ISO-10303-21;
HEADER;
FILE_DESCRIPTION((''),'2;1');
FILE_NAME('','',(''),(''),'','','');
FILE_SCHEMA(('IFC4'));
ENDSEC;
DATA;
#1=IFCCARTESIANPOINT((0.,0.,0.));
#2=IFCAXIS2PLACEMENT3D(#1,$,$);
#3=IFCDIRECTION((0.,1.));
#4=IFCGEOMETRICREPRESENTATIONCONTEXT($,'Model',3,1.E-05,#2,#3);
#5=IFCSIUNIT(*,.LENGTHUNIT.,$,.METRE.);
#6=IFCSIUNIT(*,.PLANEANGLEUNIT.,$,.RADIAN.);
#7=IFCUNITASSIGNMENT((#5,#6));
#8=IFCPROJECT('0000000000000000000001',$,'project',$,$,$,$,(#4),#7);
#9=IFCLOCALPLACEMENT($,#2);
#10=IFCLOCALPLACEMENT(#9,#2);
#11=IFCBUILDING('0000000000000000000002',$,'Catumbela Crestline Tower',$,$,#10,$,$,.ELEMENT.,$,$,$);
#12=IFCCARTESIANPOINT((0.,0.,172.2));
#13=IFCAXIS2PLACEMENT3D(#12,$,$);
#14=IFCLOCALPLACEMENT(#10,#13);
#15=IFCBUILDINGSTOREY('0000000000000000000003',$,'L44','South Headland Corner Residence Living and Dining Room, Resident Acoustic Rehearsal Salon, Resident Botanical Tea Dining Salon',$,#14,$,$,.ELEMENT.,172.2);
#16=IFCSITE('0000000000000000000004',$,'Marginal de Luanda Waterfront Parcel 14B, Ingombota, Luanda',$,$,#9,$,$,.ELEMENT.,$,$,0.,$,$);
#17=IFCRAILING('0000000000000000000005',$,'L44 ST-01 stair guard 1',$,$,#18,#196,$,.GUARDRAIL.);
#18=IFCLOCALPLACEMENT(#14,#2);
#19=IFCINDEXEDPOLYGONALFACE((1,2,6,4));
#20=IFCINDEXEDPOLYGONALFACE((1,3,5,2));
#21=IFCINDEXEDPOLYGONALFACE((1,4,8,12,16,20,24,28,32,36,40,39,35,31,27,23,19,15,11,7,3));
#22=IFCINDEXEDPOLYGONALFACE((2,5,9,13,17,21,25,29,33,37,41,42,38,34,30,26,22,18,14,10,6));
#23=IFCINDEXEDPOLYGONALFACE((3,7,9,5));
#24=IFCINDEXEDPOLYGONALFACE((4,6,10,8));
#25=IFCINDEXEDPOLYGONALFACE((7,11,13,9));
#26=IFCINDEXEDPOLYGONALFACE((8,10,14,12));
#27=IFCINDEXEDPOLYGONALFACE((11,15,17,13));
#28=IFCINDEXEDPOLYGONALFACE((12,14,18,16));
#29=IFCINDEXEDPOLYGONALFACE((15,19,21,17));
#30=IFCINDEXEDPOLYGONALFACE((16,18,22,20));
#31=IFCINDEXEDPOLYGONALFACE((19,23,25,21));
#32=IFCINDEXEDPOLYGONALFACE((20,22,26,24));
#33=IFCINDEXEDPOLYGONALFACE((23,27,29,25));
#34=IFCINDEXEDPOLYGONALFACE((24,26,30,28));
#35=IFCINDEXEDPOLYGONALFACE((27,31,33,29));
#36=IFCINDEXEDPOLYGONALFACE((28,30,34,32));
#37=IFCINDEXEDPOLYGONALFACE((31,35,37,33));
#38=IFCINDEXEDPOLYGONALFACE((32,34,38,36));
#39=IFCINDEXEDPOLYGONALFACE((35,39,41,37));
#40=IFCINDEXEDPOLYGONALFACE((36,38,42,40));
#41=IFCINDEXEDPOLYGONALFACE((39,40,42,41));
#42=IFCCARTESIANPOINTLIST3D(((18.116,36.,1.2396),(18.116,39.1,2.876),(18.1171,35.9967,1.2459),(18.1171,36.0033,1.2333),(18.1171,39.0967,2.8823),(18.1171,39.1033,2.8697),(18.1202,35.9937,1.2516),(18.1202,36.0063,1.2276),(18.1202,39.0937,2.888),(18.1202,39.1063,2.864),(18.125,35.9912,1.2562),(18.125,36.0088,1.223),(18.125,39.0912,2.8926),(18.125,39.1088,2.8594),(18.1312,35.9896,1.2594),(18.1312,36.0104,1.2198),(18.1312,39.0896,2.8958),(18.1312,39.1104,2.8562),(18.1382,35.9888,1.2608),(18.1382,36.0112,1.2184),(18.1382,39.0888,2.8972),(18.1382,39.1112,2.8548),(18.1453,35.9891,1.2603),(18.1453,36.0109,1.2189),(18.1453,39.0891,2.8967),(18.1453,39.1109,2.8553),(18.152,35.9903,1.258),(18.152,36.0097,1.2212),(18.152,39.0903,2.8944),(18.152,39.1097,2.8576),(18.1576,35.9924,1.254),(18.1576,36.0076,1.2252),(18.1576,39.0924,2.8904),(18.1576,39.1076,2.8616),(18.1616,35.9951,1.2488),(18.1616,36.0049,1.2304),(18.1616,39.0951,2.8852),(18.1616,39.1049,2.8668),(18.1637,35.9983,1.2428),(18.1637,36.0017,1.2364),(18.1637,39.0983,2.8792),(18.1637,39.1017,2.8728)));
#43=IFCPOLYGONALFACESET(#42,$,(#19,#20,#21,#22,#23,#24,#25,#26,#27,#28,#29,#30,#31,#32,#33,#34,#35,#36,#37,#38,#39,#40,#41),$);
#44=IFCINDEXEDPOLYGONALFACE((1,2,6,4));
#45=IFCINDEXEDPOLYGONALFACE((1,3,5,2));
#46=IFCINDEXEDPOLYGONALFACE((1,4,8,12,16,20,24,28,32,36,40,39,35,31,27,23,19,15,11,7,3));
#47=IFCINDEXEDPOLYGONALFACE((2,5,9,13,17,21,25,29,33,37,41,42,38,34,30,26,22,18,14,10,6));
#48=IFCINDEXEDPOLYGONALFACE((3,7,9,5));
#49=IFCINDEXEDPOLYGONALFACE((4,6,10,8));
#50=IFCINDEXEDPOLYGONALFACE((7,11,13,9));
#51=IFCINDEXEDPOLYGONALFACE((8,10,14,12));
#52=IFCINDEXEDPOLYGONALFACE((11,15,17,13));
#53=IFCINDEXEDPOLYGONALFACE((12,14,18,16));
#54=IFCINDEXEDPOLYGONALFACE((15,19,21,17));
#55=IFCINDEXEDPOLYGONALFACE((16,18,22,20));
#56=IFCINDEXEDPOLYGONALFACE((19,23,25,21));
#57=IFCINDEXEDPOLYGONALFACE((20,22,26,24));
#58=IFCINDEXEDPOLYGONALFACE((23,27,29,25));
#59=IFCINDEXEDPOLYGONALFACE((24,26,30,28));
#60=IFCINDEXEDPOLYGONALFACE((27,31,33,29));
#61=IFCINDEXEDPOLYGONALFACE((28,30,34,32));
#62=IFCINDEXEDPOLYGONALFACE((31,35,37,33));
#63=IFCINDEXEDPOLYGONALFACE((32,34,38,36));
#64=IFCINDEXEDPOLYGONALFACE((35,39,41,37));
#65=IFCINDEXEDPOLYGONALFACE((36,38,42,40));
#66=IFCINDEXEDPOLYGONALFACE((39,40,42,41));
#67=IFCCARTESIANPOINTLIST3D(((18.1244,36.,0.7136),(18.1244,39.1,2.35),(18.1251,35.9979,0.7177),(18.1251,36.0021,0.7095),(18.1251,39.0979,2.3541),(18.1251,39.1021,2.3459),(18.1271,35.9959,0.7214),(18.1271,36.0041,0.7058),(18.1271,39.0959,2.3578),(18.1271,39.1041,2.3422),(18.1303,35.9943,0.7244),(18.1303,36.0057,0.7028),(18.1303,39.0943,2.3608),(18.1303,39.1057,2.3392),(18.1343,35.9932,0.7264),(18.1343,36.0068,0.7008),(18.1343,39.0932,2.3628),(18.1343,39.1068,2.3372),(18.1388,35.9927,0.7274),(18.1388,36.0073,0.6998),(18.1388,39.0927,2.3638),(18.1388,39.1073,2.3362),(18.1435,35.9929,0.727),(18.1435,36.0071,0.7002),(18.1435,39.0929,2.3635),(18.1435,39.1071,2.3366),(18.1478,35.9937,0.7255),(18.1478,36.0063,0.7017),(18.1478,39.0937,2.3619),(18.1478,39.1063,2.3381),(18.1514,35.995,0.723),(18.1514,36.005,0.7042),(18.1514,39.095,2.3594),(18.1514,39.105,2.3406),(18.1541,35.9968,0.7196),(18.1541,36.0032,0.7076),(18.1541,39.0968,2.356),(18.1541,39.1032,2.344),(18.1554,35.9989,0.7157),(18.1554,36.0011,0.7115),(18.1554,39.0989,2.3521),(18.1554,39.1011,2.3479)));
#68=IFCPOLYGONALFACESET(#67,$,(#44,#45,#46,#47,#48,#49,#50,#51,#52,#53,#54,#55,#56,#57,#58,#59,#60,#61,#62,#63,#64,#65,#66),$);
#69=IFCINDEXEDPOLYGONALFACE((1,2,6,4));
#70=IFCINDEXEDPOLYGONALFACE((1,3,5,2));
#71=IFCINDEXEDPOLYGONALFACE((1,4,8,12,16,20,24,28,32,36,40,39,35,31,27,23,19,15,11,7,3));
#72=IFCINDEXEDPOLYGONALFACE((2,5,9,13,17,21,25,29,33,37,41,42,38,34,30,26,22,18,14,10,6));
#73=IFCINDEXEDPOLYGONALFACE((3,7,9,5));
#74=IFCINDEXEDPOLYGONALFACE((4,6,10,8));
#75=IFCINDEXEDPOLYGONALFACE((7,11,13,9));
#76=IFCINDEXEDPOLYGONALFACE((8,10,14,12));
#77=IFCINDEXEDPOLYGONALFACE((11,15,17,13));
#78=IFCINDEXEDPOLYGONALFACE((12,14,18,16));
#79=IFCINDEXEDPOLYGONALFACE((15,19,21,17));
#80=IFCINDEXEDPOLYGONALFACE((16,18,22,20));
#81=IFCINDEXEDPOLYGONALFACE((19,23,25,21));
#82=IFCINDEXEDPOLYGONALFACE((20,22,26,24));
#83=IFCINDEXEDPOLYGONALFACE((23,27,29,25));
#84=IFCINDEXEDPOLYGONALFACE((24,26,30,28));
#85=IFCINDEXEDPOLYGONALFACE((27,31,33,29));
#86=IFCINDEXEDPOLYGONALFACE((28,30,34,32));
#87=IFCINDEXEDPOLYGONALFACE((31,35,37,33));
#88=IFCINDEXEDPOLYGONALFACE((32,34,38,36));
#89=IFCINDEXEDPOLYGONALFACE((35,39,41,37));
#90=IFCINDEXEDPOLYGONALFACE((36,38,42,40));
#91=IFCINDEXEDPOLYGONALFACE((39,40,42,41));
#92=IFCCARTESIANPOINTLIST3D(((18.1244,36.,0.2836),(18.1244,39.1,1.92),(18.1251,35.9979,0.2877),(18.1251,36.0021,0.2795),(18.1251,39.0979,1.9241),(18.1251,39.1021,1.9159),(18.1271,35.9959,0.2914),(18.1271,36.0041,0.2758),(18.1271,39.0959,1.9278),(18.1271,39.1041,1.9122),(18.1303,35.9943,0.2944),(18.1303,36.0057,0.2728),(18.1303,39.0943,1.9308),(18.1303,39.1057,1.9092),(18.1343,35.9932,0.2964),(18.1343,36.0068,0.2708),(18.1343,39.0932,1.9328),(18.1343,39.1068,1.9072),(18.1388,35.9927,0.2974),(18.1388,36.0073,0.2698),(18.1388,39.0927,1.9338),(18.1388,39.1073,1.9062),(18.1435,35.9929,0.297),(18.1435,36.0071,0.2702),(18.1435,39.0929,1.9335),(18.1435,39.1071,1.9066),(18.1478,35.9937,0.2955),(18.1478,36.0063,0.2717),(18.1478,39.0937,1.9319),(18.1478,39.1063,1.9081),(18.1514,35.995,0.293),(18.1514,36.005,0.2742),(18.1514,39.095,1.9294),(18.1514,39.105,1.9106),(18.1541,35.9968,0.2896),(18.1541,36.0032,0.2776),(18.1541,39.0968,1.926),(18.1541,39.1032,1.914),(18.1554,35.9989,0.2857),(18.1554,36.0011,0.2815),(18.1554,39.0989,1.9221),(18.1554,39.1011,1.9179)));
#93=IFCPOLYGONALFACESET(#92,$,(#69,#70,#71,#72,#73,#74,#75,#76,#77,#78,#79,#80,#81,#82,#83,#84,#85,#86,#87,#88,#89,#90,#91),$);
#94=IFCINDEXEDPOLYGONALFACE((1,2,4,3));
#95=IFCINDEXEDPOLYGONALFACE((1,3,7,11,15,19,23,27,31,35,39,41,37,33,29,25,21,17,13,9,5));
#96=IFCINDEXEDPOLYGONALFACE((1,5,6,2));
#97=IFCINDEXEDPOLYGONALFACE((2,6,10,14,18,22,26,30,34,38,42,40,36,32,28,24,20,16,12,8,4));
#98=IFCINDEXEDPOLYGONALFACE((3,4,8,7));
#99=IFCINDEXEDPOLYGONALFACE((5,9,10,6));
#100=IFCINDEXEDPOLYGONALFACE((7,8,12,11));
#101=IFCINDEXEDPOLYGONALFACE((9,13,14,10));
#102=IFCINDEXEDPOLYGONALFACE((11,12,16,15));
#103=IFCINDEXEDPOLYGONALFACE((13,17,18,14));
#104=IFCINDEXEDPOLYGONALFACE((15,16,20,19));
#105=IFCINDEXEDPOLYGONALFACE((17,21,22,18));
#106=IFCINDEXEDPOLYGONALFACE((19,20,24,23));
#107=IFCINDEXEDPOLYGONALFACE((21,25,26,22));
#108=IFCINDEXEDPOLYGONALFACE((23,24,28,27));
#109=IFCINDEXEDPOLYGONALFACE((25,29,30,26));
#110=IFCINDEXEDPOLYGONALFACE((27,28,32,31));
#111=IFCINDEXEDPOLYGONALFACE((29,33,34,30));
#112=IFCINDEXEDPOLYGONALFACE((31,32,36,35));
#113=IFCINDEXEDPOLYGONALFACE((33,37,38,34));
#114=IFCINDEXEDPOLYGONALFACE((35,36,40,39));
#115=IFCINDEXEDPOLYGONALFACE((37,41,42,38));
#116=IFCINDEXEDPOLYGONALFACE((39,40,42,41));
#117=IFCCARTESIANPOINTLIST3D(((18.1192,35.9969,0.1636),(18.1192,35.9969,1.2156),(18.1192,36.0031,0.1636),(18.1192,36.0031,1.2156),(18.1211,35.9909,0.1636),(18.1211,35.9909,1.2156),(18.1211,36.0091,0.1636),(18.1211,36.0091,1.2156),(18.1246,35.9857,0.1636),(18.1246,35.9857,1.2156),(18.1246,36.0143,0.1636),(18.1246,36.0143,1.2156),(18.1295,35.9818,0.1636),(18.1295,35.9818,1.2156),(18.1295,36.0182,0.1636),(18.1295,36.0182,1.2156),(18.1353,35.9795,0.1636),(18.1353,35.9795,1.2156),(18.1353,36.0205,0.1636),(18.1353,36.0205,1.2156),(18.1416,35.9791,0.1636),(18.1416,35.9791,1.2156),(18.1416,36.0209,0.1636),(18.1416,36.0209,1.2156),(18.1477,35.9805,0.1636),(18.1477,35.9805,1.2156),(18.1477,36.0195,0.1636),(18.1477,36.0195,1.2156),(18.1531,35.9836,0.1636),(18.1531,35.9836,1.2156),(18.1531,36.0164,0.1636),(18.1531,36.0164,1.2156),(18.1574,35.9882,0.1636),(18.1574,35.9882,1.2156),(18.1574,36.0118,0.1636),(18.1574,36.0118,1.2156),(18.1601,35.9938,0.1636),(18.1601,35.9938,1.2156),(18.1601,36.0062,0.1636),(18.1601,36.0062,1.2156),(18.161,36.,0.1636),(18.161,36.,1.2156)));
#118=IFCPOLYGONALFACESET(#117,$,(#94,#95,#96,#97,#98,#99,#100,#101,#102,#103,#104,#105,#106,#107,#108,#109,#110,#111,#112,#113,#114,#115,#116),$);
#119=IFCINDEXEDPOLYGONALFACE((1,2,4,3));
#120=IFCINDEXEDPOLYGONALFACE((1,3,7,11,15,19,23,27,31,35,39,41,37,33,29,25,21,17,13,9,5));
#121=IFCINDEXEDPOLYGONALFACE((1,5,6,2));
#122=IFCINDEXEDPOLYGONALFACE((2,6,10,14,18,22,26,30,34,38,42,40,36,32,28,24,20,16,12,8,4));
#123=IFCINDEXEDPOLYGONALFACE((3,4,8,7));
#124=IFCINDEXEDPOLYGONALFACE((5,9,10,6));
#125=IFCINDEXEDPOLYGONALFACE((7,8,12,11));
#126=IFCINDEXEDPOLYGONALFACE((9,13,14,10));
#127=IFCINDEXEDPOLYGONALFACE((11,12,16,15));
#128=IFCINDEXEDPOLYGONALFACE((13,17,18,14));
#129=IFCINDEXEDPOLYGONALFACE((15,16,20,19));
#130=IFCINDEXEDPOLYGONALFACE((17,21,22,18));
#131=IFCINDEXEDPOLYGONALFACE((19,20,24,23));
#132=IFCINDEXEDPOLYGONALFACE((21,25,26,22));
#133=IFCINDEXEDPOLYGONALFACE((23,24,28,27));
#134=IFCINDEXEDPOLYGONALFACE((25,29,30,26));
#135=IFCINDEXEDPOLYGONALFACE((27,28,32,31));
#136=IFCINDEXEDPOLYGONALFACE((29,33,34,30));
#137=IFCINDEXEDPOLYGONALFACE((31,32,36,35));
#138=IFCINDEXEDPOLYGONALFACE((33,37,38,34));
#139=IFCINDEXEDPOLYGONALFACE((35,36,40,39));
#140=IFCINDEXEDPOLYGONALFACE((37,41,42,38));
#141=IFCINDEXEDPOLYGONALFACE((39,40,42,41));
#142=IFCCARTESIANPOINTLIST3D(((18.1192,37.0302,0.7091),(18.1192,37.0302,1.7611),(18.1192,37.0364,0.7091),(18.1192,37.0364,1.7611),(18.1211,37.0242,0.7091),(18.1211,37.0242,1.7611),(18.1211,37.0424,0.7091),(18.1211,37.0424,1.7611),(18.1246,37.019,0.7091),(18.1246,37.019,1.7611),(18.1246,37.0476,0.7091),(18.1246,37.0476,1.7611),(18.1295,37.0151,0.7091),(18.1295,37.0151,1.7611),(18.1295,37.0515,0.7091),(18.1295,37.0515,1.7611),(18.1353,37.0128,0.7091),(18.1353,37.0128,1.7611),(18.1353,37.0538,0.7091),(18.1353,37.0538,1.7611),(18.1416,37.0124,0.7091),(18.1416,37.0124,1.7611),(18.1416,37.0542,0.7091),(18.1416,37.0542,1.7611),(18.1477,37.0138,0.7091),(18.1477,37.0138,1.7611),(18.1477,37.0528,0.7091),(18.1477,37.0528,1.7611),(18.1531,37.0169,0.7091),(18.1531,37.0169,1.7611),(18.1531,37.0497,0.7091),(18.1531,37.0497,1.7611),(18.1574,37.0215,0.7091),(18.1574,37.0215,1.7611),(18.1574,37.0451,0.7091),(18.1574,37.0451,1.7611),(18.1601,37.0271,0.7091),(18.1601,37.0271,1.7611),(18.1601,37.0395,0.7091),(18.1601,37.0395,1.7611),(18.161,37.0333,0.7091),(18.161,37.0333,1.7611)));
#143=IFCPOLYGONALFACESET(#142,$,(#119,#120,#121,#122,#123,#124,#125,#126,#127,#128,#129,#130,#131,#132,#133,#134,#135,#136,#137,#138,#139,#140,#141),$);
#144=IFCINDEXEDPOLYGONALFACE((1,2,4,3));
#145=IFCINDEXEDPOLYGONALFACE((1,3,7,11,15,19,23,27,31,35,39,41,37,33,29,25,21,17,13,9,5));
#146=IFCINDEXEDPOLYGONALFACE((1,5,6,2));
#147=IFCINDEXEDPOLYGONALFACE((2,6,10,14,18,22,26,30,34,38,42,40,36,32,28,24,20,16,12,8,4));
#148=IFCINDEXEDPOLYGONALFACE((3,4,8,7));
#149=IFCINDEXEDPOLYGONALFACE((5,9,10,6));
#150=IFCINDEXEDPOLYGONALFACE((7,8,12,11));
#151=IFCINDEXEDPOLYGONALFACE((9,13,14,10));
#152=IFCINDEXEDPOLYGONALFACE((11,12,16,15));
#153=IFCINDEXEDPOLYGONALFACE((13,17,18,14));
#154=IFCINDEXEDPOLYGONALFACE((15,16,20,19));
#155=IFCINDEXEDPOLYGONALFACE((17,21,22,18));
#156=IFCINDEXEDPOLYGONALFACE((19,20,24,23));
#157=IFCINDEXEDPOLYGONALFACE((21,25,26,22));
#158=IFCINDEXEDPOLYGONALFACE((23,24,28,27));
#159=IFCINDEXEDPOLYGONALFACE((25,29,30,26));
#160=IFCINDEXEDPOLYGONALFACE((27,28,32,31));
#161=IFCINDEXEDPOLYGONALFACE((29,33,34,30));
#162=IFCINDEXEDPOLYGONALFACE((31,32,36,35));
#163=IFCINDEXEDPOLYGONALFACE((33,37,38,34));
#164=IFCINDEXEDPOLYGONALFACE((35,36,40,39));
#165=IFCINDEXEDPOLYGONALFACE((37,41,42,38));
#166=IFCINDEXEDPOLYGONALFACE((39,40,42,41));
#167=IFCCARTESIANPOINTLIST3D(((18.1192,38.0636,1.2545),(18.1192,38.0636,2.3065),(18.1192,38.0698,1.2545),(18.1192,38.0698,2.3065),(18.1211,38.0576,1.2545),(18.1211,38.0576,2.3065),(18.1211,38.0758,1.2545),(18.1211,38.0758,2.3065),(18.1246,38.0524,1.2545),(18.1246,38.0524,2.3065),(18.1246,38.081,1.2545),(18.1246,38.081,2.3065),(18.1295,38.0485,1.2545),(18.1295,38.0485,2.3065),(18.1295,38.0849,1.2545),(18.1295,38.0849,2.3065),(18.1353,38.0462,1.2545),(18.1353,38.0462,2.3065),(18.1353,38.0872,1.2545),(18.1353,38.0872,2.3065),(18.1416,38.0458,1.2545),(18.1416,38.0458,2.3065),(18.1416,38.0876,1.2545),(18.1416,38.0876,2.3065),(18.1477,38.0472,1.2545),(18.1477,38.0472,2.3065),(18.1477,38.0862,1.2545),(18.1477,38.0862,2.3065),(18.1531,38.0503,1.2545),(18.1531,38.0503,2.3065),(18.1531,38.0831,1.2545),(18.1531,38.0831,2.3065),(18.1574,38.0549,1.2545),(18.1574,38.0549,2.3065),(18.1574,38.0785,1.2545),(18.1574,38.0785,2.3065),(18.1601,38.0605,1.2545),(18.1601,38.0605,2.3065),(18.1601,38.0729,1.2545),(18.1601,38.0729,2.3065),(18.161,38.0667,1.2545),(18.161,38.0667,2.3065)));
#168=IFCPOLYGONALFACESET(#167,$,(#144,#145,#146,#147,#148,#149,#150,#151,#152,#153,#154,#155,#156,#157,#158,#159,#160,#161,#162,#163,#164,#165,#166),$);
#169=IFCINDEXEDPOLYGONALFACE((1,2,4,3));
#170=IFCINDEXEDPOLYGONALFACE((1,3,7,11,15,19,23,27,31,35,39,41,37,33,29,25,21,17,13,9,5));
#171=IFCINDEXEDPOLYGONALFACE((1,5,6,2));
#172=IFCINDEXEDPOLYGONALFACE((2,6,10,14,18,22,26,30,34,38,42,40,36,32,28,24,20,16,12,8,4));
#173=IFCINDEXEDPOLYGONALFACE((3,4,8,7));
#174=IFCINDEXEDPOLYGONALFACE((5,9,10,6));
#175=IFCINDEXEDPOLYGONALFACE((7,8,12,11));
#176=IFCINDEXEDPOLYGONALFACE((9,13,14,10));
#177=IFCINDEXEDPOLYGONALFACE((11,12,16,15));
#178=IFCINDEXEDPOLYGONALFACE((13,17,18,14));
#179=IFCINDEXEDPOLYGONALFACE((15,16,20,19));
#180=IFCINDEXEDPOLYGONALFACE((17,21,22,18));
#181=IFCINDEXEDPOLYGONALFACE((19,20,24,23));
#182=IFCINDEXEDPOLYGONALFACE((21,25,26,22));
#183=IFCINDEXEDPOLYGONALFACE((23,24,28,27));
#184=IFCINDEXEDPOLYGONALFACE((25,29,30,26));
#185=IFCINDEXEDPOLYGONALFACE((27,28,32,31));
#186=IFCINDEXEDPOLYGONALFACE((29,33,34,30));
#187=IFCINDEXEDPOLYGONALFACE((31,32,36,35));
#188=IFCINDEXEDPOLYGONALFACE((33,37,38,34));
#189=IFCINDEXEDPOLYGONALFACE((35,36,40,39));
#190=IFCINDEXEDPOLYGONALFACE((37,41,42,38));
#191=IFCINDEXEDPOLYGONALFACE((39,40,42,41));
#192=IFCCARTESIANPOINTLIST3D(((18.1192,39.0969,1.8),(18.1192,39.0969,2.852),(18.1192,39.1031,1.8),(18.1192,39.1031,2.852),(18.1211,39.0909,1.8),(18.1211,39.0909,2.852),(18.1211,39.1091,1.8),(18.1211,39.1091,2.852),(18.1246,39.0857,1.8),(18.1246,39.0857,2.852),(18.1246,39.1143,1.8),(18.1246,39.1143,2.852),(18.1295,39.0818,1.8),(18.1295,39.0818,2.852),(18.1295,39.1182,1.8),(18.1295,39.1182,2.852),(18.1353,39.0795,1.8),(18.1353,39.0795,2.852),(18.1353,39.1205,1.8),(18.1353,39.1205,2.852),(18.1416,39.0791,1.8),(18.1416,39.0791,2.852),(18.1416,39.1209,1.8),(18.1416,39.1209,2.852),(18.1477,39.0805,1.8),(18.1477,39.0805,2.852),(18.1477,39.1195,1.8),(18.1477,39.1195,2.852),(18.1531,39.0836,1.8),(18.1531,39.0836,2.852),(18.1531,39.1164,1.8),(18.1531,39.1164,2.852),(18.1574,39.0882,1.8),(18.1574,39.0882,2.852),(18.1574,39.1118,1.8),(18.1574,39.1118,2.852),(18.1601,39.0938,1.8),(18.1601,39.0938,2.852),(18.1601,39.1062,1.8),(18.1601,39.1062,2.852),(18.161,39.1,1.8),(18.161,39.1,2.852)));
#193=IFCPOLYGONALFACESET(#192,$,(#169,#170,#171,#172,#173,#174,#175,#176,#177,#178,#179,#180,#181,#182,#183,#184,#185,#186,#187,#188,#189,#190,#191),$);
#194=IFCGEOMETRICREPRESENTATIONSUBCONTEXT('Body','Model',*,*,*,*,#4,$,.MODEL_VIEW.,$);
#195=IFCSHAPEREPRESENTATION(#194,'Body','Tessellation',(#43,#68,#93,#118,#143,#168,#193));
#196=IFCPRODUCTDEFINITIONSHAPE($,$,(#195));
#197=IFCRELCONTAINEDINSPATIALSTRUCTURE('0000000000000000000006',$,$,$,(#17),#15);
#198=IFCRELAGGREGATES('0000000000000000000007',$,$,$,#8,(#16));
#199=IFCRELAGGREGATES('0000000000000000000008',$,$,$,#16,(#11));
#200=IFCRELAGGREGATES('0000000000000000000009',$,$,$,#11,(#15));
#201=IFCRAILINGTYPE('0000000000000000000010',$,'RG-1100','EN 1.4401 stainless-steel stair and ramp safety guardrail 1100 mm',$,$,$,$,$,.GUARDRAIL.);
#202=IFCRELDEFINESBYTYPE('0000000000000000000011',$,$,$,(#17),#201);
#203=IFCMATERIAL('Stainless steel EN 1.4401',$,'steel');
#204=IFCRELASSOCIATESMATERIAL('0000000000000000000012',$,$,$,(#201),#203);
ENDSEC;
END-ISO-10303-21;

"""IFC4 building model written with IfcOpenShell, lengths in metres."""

from ifc_helpers import new_model, si_unit, direction, frame, origin, origin_2d, place, context, subcontext, project, spatial, circle, extrude, material, type_object, element, save


model = new_model("IFC4")

# Units and contexts
model_context = context("Model", 3, precision=1e-05, world=origin(), true_north=direction((0.0, 1.0)))
body_context = subcontext(model_context, "Body", "Model", "MODEL_VIEW")
ifc_project = project(units=[si_unit("LENGTHUNIT", "METRE"), si_unit("PLANEANGLEUNIT", "RADIAN")], contexts=[model_context])

# Site, building, storey
site_placement = place(None, origin())
site = spatial("IfcSite", under=ifc_project, at=site_placement, Name="Marginal de Luanda Waterfront Parcel 14B, Ingombota, Luanda", CompositionType="ELEMENT", RefElevation=0.0)
building_placement = place(site_placement, origin())
building = spatial("IfcBuilding", under=site, at=building_placement, Name="Catumbela Crestline Tower", CompositionType="ELEMENT")
storey_placement = place(building_placement, frame((0.0, 0.0, 172.2)))
storey = spatial("IfcBuildingStorey", under=building, at=storey_placement, Name="L44", Description="South Headland Corner Residence Living and Dining Room, Resident Acoustic Rehearsal Salon, Resident Botanical Tea Dining Salon", CompositionType="ELEMENT", Elevation=172.2)

# Shared definitions
ifc_material_1 = material(Name="Stainless steel EN 1.4401", Category="steel")

# Railing
railing_type_1 = type_object("IfcRailingType", Name="RG-1100", Description="EN 1.4401 stainless-steel stair and ramp safety guardrail 1100 mm", PredefinedType="GUARDRAIL", material=ifc_material_1)
railing_1_placement = place(storey_placement, frame((18.14, 36.0, 0.1636)))
element("IfcRailing", 1, at=railing_1_placement, inside=storey, type_object=railing_type_1, Name="L44 ST-01 stair guard 1", PredefinedType="GUARDRAIL", context=body_context, shape_type="SweptSolid", body=[
    extrude(circle(Radius=0.024, at=origin_2d()), frame((0.0, 0.0, 1.076), z_axis=(0.0, 0.884351, 0.466823), x_axis=(-1.0, 0.0, 0.0)), (0.0, 0.0, 1.0), 3.5054),
    extrude(circle(Radius=0.0156, at=origin_2d()), frame((0.0, 0.0, 0.55), z_axis=(0.0, 0.884351, 0.466823), x_axis=(-1.0, 0.0, 0.0)), (0.0, 0.0, 1.0), 3.5054),
    extrude(circle(Radius=0.0156, at=origin_2d()), frame((0.0, 0.0, 0.12), z_axis=(0.0, 0.884351, 0.466823), x_axis=(-1.0, 0.0, 0.0)), (0.0, 0.0, 1.0), 3.5054),
    extrude(circle(Radius=0.021, at=origin_2d()), origin(), (0.0, 0.0, 1.0), 1.052),
    extrude(circle(Radius=0.021, at=origin_2d()), frame((0.0, 1.0333, 0.5455)), (0.0, 0.0, 1.0), 1.052),
    extrude(circle(Radius=0.021, at=origin_2d()), frame((0.0, 2.0667, 1.0909)), (0.0, 0.0, 1.0), 1.052),
    extrude(circle(Radius=0.021, at=origin_2d()), frame((0.0, 3.1, 1.6364)), (0.0, 0.0, 1.0), 1.052),
])

save(model, "model.ifc")
